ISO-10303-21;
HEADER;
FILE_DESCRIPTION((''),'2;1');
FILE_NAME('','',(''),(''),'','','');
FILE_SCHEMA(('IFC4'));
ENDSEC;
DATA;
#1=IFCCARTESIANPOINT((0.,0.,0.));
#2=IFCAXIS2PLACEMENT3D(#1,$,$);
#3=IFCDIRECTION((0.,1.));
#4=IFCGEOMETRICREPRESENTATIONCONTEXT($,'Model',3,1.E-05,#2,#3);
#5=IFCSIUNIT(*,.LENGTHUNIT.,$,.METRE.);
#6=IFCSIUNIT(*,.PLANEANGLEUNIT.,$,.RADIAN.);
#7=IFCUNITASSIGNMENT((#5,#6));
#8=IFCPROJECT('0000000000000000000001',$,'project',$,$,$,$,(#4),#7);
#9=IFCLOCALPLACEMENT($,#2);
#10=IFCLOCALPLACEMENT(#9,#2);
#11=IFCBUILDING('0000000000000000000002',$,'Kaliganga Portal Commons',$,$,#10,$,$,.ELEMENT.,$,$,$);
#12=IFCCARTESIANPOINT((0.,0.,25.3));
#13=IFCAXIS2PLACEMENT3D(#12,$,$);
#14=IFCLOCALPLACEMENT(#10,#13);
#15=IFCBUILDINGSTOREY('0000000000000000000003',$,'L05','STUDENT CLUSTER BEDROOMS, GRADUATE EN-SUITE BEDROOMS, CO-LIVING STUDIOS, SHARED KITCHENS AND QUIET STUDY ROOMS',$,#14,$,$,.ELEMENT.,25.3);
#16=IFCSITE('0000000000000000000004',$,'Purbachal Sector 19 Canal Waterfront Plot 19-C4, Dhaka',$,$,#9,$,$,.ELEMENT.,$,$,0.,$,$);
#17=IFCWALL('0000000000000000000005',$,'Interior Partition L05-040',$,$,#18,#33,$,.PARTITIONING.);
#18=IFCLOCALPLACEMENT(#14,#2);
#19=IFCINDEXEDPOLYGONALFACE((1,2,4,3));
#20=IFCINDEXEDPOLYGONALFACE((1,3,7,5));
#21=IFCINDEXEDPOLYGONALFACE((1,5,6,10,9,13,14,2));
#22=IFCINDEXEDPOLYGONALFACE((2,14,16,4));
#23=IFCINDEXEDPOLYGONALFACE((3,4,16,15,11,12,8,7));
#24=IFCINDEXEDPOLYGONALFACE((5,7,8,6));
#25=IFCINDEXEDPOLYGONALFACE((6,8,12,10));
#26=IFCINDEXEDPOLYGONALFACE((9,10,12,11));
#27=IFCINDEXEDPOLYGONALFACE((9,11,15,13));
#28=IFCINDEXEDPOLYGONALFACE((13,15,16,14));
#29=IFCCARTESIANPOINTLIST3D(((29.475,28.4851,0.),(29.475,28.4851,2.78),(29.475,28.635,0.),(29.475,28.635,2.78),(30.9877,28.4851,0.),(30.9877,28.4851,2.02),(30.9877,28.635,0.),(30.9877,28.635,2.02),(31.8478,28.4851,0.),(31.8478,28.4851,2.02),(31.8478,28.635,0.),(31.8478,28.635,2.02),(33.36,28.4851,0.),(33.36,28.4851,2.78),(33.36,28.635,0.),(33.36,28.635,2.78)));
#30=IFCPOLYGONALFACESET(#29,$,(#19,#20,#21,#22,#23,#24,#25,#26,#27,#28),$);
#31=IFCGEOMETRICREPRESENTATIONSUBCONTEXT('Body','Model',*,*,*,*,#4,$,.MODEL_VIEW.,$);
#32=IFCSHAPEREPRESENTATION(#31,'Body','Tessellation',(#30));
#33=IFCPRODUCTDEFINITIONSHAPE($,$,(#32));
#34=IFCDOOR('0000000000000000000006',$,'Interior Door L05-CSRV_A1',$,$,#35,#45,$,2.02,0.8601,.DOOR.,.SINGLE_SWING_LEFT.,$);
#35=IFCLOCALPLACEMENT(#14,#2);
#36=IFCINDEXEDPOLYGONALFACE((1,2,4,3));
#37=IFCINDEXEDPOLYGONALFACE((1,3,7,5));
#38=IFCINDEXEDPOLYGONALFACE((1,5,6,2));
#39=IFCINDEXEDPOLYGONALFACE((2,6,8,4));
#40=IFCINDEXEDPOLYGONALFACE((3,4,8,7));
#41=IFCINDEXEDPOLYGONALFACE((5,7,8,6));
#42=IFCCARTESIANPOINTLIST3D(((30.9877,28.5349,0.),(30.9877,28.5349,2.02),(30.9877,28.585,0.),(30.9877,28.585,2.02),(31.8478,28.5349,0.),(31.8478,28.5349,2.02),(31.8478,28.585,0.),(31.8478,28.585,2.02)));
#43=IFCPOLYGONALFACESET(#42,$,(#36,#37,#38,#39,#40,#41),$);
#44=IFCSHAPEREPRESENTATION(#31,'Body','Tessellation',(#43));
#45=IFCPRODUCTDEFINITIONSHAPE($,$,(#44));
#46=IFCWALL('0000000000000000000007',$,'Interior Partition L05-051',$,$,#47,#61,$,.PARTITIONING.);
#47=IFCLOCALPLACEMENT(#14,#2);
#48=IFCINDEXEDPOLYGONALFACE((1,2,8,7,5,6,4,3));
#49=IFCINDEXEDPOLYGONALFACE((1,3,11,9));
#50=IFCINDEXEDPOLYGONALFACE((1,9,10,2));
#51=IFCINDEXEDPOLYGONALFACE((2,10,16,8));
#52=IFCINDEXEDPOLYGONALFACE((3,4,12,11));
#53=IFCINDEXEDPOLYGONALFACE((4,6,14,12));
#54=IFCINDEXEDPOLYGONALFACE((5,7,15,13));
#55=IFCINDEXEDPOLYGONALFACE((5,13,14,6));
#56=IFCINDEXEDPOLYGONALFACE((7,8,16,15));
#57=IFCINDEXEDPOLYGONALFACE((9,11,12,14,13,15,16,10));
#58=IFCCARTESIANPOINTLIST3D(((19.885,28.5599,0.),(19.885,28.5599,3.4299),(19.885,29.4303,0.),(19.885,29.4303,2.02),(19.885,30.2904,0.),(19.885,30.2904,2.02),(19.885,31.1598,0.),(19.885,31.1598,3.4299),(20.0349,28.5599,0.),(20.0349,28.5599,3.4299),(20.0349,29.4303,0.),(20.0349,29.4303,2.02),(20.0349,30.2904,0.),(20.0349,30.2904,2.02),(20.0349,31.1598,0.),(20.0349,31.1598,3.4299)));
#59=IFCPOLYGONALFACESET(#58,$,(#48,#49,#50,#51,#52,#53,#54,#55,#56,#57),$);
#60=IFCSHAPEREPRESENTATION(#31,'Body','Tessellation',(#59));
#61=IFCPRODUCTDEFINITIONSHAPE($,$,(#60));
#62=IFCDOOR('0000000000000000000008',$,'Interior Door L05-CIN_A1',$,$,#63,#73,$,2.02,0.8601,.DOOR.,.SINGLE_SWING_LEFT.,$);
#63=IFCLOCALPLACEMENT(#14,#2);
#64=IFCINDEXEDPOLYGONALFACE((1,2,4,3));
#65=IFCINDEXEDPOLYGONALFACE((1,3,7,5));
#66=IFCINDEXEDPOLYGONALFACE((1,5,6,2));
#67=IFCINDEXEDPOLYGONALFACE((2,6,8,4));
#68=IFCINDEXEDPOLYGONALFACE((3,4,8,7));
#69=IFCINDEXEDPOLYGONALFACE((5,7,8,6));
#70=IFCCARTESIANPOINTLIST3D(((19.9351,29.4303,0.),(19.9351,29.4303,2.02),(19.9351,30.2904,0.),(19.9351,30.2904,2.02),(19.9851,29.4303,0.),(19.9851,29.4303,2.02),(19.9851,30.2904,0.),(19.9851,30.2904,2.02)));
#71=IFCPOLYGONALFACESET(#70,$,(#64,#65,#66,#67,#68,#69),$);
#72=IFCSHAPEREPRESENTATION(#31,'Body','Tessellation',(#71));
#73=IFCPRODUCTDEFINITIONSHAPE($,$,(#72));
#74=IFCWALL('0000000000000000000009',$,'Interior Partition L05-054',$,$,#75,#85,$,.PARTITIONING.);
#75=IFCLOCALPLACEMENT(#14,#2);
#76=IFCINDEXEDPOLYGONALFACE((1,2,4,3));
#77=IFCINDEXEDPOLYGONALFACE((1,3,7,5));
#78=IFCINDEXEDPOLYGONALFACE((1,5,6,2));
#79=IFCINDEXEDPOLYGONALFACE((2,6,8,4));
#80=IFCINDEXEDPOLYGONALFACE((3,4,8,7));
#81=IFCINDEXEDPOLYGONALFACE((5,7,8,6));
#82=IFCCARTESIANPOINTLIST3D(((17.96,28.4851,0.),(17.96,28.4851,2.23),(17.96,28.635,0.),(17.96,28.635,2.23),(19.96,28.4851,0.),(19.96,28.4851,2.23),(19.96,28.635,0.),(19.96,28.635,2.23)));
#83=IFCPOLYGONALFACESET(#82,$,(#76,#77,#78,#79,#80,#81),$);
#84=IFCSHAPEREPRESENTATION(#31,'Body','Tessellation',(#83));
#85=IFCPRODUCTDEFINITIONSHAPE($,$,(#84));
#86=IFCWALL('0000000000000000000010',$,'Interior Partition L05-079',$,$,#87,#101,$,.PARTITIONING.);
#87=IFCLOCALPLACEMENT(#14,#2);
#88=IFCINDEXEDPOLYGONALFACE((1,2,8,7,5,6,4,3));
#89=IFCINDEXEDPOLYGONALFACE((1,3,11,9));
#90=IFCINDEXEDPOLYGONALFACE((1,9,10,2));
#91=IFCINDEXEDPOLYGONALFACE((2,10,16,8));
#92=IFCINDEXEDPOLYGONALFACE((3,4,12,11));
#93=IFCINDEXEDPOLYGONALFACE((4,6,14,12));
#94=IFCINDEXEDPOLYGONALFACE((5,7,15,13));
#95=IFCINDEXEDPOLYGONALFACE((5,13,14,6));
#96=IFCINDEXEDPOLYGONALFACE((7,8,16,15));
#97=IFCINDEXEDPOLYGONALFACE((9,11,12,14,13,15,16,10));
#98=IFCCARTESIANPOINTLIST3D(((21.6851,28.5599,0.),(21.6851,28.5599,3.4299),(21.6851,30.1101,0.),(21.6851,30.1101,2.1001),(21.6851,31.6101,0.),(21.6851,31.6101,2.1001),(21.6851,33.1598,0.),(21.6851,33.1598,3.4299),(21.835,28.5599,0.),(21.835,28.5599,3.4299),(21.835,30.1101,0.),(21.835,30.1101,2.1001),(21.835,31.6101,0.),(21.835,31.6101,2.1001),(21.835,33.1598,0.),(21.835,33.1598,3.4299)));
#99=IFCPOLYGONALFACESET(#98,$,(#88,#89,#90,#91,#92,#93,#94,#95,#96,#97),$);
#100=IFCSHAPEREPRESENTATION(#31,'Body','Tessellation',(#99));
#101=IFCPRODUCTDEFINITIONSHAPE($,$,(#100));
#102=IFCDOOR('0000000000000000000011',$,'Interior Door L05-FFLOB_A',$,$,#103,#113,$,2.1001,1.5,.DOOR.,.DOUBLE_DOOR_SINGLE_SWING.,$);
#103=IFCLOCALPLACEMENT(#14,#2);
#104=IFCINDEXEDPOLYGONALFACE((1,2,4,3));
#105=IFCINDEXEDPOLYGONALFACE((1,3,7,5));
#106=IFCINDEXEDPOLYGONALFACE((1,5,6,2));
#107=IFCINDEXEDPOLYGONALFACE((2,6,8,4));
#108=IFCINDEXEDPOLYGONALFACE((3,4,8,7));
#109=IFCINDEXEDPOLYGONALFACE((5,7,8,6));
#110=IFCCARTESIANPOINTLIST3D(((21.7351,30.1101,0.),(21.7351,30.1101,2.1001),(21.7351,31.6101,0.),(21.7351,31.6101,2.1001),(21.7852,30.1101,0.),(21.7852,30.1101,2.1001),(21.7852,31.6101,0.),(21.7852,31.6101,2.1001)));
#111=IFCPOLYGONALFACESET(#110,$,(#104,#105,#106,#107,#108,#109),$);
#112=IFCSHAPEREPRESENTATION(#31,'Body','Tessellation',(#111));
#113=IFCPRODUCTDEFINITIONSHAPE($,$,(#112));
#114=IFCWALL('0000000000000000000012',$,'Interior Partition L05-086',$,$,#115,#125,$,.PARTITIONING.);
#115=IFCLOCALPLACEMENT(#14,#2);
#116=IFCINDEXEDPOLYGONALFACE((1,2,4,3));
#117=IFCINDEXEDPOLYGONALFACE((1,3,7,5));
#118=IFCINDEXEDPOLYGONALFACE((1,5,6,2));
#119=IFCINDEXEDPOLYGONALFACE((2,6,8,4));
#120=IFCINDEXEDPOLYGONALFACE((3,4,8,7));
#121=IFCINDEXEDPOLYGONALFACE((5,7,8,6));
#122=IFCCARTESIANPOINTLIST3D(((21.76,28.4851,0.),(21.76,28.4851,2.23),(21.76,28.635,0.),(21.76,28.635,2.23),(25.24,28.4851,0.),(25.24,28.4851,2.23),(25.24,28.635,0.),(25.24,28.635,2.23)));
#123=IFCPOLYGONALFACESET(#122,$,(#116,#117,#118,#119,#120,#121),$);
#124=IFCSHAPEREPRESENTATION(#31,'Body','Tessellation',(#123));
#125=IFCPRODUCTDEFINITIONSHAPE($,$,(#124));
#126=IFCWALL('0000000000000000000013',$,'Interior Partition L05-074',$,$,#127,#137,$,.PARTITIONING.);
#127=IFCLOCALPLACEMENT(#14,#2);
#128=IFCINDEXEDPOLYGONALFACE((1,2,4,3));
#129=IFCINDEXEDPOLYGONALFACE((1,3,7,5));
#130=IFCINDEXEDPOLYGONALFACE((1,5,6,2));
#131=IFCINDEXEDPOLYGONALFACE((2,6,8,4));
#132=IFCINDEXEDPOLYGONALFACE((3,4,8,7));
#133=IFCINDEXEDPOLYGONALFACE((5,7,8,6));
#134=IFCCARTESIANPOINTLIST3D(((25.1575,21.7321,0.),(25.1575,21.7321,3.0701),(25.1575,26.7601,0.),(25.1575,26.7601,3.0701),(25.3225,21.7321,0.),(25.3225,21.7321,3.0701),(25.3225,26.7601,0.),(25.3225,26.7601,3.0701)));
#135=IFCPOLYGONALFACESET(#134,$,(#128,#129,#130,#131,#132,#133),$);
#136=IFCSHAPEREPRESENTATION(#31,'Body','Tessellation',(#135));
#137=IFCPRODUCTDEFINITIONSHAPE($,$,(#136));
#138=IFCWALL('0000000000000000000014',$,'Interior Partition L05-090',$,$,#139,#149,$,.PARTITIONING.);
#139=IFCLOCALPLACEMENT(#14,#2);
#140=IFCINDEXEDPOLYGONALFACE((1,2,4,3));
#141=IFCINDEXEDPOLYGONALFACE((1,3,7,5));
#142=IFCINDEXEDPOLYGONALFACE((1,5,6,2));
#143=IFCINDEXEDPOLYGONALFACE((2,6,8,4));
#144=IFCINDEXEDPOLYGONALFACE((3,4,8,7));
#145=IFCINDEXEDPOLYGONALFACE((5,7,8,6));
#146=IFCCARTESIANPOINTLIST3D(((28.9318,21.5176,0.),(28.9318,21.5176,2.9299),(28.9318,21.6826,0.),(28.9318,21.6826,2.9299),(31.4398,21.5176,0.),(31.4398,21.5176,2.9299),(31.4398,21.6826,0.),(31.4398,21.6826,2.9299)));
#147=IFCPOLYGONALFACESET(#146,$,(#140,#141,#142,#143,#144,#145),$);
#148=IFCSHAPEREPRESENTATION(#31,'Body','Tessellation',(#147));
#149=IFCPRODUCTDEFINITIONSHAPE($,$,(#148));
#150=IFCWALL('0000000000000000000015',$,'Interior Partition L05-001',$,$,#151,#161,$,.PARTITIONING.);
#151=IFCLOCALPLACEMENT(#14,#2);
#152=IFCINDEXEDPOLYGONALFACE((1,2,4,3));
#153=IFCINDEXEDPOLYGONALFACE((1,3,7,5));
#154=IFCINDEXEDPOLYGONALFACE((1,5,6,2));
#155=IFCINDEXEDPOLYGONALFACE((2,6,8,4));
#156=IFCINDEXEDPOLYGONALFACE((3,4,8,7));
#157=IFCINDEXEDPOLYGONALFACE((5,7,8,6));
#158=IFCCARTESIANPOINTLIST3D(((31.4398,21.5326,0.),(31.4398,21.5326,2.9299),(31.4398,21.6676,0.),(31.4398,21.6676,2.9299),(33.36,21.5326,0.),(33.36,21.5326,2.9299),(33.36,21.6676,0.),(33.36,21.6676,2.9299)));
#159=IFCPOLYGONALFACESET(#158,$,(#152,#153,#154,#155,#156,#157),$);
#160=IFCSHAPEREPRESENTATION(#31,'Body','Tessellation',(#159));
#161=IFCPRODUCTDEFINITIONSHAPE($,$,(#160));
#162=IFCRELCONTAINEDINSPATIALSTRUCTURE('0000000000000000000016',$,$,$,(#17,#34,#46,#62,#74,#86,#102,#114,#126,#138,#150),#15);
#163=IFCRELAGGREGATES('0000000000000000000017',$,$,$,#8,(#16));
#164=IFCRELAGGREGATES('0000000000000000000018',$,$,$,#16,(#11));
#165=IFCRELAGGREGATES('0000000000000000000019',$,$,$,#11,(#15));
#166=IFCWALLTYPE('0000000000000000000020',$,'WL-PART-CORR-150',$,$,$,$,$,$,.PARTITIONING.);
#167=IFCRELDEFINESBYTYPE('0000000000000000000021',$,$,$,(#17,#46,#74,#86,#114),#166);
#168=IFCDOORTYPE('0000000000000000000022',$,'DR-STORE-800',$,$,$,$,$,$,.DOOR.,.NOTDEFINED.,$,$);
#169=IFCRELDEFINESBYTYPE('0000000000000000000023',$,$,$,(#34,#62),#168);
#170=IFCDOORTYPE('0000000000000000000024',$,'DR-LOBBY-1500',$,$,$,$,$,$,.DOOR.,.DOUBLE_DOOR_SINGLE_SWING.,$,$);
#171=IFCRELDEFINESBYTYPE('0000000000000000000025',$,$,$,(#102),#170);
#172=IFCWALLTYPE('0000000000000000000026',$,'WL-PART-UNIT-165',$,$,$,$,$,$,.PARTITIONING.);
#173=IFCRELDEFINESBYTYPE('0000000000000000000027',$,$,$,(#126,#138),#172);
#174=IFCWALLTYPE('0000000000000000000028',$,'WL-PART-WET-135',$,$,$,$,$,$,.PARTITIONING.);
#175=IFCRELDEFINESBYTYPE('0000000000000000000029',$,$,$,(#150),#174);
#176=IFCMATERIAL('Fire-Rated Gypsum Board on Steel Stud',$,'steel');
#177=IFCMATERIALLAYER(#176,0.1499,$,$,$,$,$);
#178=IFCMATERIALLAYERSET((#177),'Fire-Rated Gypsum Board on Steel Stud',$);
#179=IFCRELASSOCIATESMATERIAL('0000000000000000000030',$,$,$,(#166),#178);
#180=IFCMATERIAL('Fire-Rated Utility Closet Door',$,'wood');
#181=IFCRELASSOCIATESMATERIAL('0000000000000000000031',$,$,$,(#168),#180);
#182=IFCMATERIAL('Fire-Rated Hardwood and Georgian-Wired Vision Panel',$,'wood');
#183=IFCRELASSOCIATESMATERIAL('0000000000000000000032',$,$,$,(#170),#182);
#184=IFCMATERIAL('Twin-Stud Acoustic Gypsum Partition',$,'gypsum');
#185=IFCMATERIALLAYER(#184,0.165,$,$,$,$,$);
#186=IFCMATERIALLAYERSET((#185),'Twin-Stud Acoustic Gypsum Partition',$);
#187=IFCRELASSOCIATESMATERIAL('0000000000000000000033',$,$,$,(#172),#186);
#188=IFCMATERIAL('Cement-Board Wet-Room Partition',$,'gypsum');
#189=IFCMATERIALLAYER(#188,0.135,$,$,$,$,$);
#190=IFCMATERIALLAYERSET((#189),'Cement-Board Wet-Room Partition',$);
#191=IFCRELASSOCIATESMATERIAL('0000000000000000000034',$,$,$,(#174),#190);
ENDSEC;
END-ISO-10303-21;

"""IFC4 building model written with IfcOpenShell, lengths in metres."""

from ifc_helpers import new_model, si_unit, direction, frame, frame_2d, origin, place, context, subcontext, project, spatial, rectangle, extrude, material, layer, layer_set, type_object, element, fill, save


model = new_model("IFC4")

# Units and contexts
model_context = context("Model", 3, precision=1e-05, world=origin(), true_north=direction((0.0, 1.0)))
body_context = subcontext(model_context, "Body", "Model", "MODEL_VIEW")
ifc_project = project(units=[si_unit("LENGTHUNIT", "METRE"), si_unit("PLANEANGLEUNIT", "RADIAN")], contexts=[model_context])

# Site, building, storey
site_placement = place(None, origin())
site = spatial("IfcSite", under=ifc_project, at=site_placement, Name="Purbachal Sector 19 Canal Waterfront Plot 19-C4, Dhaka", CompositionType="ELEMENT", RefElevation=0.0)
building_placement = place(site_placement, origin())
building = spatial("IfcBuilding", under=site, at=building_placement, Name="Kaliganga Portal Commons", CompositionType="ELEMENT")
storey_placement = place(building_placement, frame((0.0, 0.0, 25.3)))
storey = spatial("IfcBuildingStorey", under=building, at=storey_placement, Name="L05", Description="STUDENT CLUSTER BEDROOMS, GRADUATE EN-SUITE BEDROOMS, CO-LIVING STUDIOS, SHARED KITCHENS AND QUIET STUDY ROOMS", CompositionType="ELEMENT", Elevation=25.3)

# Walls, openings, doors
ifc_material_1 = material(Name="Fire-Rated Gypsum Board on Steel Stud", Category="steel")
ifc_layer_1 = layer(ifc_material_1, 0.1499)
ifc_layer_set_1 = layer_set([ifc_layer_1], Name="Fire-Rated Gypsum Board on Steel Stud")
wall_type_1 = type_object("IfcWallType", Name="WL-PART-CORR-150", PredefinedType="PARTITIONING", material=ifc_layer_set_1)
wall_1_placement = place(storey_placement, frame((29.4751, 28.5601, 0.0), z_axis=(0.0, 0.0, 1.0), x_axis=(1.0, 0.0, 0.0)))
wall_1 = element("IfcWall", 1, at=wall_1_placement, inside=storey, type_object=wall_type_1, Name="Interior Partition L05-040", PredefinedType="PARTITIONING", context=body_context, shape_type="SweptSolid", body=[
    extrude(rectangle(XDim=3.885, YDim=0.1499, at=frame_2d((1.9424, 0.0))), origin(), (0.0, 0.0, 1.0), 2.78),
])
opening_1_placement = place(wall_1_placement, frame((1.5125, 0.0, 0.0)))
opening_1 = element("IfcOpeningElement", 2, at=opening_1_placement, cuts=wall_1, PredefinedType="OPENING", context=body_context, shape_type="SweptSolid", body=[
    extrude(rectangle(XDim=0.8601, YDim=2.02, at=frame_2d((0.4302, 1.01))), frame((0.0, 0.085, 0.0), z_axis=(0.0, -1.0, 0.0), x_axis=(1.0, 0.0, 0.0)), (0.0, 0.0, 1.0), 0.1699),
])
ifc_material_2 = material(Name="Fire-Rated Utility Closet Door", Category="wood")
door_type_1 = type_object("IfcDoorType", Name="DR-STORE-800", OperationType="NOTDEFINED", PredefinedType="DOOR", material=ifc_material_2)
door_1_placement = place(opening_1_placement, origin())
door_1 = element("IfcDoor", 3, at=door_1_placement, inside=storey, type_object=door_type_1, Name="Interior Door L05-CSRV_A1", OperationType="SINGLE_SWING_LEFT", OverallHeight=2.02, OverallWidth=0.8601, PredefinedType="DOOR", context=body_context, shape_type="SweptSolid", body=[
    extrude(rectangle(XDim=0.8601, YDim=2.02, at=frame_2d((0.4302, 1.01))), frame((0.0, 0.0249, 0.0), z_axis=(0.0, -1.0, 0.0), x_axis=(1.0, 0.0, 0.0)), (0.0, 0.0, 1.0), 0.05),
])
fill(opening_1, door_1)
wall_2_placement = place(storey_placement, frame((19.96, 28.5601, 0.0), z_axis=(0.0, 0.0, 1.0), x_axis=(0.0, 1.0, 0.0)))
wall_2 = element("IfcWall", 4, at=wall_2_placement, inside=storey, type_object=wall_type_1, Name="Interior Partition L05-051", PredefinedType="PARTITIONING", context=body_context, shape_type="SweptSolid", body=[
    extrude(rectangle(XDim=2.5999, YDim=0.1499, at=frame_2d((1.2998, 0.0))), origin(), (0.0, 0.0, 1.0), 3.4299),
])
opening_2_placement = place(wall_2_placement, frame((0.8701, 0.0, 0.0)))
opening_2 = element("IfcOpeningElement", 5, at=opening_2_placement, cuts=wall_2, PredefinedType="OPENING", context=body_context, shape_type="SweptSolid", body=[
    extrude(rectangle(XDim=0.8601, YDim=2.02, at=frame_2d((0.4302, 1.01))), frame((0.0, 0.085, 0.0), z_axis=(0.0, -1.0, 0.0), x_axis=(1.0, 0.0, 0.0)), (0.0, 0.0, 1.0), 0.1699),
])
door_2_placement = place(opening_2_placement, origin())
door_2 = element("IfcDoor", 6, at=door_2_placement, inside=storey, type_object=door_type_1, Name="Interior Door L05-CIN_A1", OperationType="SINGLE_SWING_LEFT", OverallHeight=2.02, OverallWidth=0.8601, PredefinedType="DOOR", context=body_context, shape_type="SweptSolid", body=[
    extrude(rectangle(XDim=0.8601, YDim=2.02, at=frame_2d((0.4302, 1.01))), frame((0.0, 0.0249, 0.0), z_axis=(0.0, -1.0, 0.0), x_axis=(1.0, 0.0, 0.0)), (0.0, 0.0, 1.0), 0.05),
])
fill(opening_2, door_2)

# Wall
wall_3_placement = place(storey_placement, frame((17.96, 28.5601, 0.0), z_axis=(0.0, 0.0, 1.0), x_axis=(1.0, 0.0, 0.0)))
element("IfcWall", 7, at=wall_3_placement, inside=storey, type_object=wall_type_1, Name="Interior Partition L05-054", PredefinedType="PARTITIONING", context=body_context, shape_type="SweptSolid", body=[
    extrude(rectangle(XDim=2.0, YDim=0.1499, at=frame_2d((1.0, 0.0))), origin(), (0.0, 0.0, 1.0), 2.23),
])

# Wall, opening, door
wall_4_placement = place(storey_placement, frame((21.76, 28.5601, 0.0), z_axis=(0.0, 0.0, 1.0), x_axis=(0.0, 1.0, 0.0)))
wall_4 = element("IfcWall", 8, at=wall_4_placement, inside=storey, type_object=wall_type_1, Name="Interior Partition L05-079", PredefinedType="PARTITIONING", context=body_context, shape_type="SweptSolid", body=[
    extrude(rectangle(XDim=4.5999, YDim=0.1499, at=frame_2d((2.2998, 0.0))), origin(), (0.0, 0.0, 1.0), 3.4299),
])
opening_3_placement = place(wall_4_placement, frame((1.55, 0.0, 0.0)))
opening_3 = element("IfcOpeningElement", 9, at=opening_3_placement, cuts=wall_4, PredefinedType="OPENING", context=body_context, shape_type="SweptSolid", body=[
    extrude(rectangle(XDim=1.5, YDim=2.1001, at=frame_2d((0.75, 1.05))), frame((0.0, 0.085, 0.0), z_axis=(0.0, -1.0, 0.0), x_axis=(1.0, 0.0, 0.0)), (0.0, 0.0, 1.0), 0.1699),
])
ifc_material_3 = material(Name="Fire-Rated Hardwood and Georgian-Wired Vision Panel", Category="wood")
door_type_2 = type_object("IfcDoorType", Name="DR-LOBBY-1500", OperationType="DOUBLE_DOOR_SINGLE_SWING", PredefinedType="DOOR", material=ifc_material_3)
door_3_placement = place(opening_3_placement, origin())
door_3 = element("IfcDoor", 10, at=door_3_placement, inside=storey, type_object=door_type_2, Name="Interior Door L05-FFLOB_A", OperationType="DOUBLE_DOOR_SINGLE_SWING", OverallHeight=2.1001, OverallWidth=1.5, PredefinedType="DOOR", context=body_context, shape_type="SweptSolid", body=[
    extrude(rectangle(XDim=1.5, YDim=2.1001, at=frame_2d((0.75, 1.05))), frame((0.0, 0.0249, 0.0), z_axis=(0.0, -1.0, 0.0), x_axis=(1.0, 0.0, 0.0)), (0.0, 0.0, 1.0), 0.05),
])
fill(opening_3, door_3)

# Walls
wall_5_placement = place(storey_placement, frame((21.76, 28.5601, 0.0), z_axis=(0.0, 0.0, 1.0), x_axis=(1.0, 0.0, 0.0)))
element("IfcWall", 11, at=wall_5_placement, inside=storey, type_object=wall_type_1, Name="Interior Partition L05-086", PredefinedType="PARTITIONING", context=body_context, shape_type="SweptSolid", body=[
    extrude(rectangle(XDim=3.48, YDim=0.1499, at=frame_2d((1.74, 0.0))), origin(), (0.0, 0.0, 1.0), 2.23),
])
ifc_material_4 = material(Name="Twin-Stud Acoustic Gypsum Partition", Category="gypsum")
ifc_layer_2 = layer(ifc_material_4, 0.165)
ifc_layer_set_2 = layer_set([ifc_layer_2], Name="Twin-Stud Acoustic Gypsum Partition")
wall_type_2 = type_object("IfcWallType", Name="WL-PART-UNIT-165", PredefinedType="PARTITIONING", material=ifc_layer_set_2)
wall_6_placement = place(storey_placement, frame((25.24, 21.7319, 0.0), z_axis=(0.0, 0.0, 1.0), x_axis=(0.0, 1.0, 0.0)))
element("IfcWall", 12, at=wall_6_placement, inside=storey, type_object=wall_type_2, Name="Interior Partition L05-074", PredefinedType="PARTITIONING", context=body_context, shape_type="SweptSolid", body=[
    extrude(rectangle(XDim=5.0281, YDim=0.165, at=frame_2d((2.5142, 0.0))), origin(), (0.0, 0.0, 1.0), 3.0701),
])
wall_7_placement = place(storey_placement, frame((28.9319, 21.6001, 0.0), z_axis=(0.0, 0.0, 1.0), x_axis=(1.0, 0.0, 0.0)))
element("IfcWall", 13, at=wall_7_placement, inside=storey, type_object=wall_type_2, Name="Interior Partition L05-090", PredefinedType="PARTITIONING", context=body_context, shape_type="SweptSolid", body=[
    extrude(rectangle(XDim=2.5081, YDim=0.165, at=frame_2d((1.2539, 0.0))), origin(), (0.0, 0.0, 1.0), 2.9299),
])
ifc_material_5 = material(Name="Cement-Board Wet-Room Partition", Category="gypsum")
ifc_layer_3 = layer(ifc_material_5, 0.135)
ifc_layer_set_3 = layer_set([ifc_layer_3], Name="Cement-Board Wet-Room Partition")
wall_type_3 = type_object("IfcWallType", Name="WL-PART-WET-135", PredefinedType="PARTITIONING", material=ifc_layer_set_3)
wall_8_placement = place(storey_placement, frame((31.4399, 21.6001, 0.0), z_axis=(0.0, 0.0, 1.0), x_axis=(1.0, 0.0, 0.0)))
element("IfcWall", 14, at=wall_8_placement, inside=storey, type_object=wall_type_3, Name="Interior Partition L05-001", PredefinedType="PARTITIONING", context=body_context, shape_type="SweptSolid", body=[
    extrude(rectangle(XDim=1.9202, YDim=0.135, at=frame_2d((0.96, 0.0))), origin(), (0.0, 0.0, 1.0), 2.9299),
])

save(model, "model.ifc")
